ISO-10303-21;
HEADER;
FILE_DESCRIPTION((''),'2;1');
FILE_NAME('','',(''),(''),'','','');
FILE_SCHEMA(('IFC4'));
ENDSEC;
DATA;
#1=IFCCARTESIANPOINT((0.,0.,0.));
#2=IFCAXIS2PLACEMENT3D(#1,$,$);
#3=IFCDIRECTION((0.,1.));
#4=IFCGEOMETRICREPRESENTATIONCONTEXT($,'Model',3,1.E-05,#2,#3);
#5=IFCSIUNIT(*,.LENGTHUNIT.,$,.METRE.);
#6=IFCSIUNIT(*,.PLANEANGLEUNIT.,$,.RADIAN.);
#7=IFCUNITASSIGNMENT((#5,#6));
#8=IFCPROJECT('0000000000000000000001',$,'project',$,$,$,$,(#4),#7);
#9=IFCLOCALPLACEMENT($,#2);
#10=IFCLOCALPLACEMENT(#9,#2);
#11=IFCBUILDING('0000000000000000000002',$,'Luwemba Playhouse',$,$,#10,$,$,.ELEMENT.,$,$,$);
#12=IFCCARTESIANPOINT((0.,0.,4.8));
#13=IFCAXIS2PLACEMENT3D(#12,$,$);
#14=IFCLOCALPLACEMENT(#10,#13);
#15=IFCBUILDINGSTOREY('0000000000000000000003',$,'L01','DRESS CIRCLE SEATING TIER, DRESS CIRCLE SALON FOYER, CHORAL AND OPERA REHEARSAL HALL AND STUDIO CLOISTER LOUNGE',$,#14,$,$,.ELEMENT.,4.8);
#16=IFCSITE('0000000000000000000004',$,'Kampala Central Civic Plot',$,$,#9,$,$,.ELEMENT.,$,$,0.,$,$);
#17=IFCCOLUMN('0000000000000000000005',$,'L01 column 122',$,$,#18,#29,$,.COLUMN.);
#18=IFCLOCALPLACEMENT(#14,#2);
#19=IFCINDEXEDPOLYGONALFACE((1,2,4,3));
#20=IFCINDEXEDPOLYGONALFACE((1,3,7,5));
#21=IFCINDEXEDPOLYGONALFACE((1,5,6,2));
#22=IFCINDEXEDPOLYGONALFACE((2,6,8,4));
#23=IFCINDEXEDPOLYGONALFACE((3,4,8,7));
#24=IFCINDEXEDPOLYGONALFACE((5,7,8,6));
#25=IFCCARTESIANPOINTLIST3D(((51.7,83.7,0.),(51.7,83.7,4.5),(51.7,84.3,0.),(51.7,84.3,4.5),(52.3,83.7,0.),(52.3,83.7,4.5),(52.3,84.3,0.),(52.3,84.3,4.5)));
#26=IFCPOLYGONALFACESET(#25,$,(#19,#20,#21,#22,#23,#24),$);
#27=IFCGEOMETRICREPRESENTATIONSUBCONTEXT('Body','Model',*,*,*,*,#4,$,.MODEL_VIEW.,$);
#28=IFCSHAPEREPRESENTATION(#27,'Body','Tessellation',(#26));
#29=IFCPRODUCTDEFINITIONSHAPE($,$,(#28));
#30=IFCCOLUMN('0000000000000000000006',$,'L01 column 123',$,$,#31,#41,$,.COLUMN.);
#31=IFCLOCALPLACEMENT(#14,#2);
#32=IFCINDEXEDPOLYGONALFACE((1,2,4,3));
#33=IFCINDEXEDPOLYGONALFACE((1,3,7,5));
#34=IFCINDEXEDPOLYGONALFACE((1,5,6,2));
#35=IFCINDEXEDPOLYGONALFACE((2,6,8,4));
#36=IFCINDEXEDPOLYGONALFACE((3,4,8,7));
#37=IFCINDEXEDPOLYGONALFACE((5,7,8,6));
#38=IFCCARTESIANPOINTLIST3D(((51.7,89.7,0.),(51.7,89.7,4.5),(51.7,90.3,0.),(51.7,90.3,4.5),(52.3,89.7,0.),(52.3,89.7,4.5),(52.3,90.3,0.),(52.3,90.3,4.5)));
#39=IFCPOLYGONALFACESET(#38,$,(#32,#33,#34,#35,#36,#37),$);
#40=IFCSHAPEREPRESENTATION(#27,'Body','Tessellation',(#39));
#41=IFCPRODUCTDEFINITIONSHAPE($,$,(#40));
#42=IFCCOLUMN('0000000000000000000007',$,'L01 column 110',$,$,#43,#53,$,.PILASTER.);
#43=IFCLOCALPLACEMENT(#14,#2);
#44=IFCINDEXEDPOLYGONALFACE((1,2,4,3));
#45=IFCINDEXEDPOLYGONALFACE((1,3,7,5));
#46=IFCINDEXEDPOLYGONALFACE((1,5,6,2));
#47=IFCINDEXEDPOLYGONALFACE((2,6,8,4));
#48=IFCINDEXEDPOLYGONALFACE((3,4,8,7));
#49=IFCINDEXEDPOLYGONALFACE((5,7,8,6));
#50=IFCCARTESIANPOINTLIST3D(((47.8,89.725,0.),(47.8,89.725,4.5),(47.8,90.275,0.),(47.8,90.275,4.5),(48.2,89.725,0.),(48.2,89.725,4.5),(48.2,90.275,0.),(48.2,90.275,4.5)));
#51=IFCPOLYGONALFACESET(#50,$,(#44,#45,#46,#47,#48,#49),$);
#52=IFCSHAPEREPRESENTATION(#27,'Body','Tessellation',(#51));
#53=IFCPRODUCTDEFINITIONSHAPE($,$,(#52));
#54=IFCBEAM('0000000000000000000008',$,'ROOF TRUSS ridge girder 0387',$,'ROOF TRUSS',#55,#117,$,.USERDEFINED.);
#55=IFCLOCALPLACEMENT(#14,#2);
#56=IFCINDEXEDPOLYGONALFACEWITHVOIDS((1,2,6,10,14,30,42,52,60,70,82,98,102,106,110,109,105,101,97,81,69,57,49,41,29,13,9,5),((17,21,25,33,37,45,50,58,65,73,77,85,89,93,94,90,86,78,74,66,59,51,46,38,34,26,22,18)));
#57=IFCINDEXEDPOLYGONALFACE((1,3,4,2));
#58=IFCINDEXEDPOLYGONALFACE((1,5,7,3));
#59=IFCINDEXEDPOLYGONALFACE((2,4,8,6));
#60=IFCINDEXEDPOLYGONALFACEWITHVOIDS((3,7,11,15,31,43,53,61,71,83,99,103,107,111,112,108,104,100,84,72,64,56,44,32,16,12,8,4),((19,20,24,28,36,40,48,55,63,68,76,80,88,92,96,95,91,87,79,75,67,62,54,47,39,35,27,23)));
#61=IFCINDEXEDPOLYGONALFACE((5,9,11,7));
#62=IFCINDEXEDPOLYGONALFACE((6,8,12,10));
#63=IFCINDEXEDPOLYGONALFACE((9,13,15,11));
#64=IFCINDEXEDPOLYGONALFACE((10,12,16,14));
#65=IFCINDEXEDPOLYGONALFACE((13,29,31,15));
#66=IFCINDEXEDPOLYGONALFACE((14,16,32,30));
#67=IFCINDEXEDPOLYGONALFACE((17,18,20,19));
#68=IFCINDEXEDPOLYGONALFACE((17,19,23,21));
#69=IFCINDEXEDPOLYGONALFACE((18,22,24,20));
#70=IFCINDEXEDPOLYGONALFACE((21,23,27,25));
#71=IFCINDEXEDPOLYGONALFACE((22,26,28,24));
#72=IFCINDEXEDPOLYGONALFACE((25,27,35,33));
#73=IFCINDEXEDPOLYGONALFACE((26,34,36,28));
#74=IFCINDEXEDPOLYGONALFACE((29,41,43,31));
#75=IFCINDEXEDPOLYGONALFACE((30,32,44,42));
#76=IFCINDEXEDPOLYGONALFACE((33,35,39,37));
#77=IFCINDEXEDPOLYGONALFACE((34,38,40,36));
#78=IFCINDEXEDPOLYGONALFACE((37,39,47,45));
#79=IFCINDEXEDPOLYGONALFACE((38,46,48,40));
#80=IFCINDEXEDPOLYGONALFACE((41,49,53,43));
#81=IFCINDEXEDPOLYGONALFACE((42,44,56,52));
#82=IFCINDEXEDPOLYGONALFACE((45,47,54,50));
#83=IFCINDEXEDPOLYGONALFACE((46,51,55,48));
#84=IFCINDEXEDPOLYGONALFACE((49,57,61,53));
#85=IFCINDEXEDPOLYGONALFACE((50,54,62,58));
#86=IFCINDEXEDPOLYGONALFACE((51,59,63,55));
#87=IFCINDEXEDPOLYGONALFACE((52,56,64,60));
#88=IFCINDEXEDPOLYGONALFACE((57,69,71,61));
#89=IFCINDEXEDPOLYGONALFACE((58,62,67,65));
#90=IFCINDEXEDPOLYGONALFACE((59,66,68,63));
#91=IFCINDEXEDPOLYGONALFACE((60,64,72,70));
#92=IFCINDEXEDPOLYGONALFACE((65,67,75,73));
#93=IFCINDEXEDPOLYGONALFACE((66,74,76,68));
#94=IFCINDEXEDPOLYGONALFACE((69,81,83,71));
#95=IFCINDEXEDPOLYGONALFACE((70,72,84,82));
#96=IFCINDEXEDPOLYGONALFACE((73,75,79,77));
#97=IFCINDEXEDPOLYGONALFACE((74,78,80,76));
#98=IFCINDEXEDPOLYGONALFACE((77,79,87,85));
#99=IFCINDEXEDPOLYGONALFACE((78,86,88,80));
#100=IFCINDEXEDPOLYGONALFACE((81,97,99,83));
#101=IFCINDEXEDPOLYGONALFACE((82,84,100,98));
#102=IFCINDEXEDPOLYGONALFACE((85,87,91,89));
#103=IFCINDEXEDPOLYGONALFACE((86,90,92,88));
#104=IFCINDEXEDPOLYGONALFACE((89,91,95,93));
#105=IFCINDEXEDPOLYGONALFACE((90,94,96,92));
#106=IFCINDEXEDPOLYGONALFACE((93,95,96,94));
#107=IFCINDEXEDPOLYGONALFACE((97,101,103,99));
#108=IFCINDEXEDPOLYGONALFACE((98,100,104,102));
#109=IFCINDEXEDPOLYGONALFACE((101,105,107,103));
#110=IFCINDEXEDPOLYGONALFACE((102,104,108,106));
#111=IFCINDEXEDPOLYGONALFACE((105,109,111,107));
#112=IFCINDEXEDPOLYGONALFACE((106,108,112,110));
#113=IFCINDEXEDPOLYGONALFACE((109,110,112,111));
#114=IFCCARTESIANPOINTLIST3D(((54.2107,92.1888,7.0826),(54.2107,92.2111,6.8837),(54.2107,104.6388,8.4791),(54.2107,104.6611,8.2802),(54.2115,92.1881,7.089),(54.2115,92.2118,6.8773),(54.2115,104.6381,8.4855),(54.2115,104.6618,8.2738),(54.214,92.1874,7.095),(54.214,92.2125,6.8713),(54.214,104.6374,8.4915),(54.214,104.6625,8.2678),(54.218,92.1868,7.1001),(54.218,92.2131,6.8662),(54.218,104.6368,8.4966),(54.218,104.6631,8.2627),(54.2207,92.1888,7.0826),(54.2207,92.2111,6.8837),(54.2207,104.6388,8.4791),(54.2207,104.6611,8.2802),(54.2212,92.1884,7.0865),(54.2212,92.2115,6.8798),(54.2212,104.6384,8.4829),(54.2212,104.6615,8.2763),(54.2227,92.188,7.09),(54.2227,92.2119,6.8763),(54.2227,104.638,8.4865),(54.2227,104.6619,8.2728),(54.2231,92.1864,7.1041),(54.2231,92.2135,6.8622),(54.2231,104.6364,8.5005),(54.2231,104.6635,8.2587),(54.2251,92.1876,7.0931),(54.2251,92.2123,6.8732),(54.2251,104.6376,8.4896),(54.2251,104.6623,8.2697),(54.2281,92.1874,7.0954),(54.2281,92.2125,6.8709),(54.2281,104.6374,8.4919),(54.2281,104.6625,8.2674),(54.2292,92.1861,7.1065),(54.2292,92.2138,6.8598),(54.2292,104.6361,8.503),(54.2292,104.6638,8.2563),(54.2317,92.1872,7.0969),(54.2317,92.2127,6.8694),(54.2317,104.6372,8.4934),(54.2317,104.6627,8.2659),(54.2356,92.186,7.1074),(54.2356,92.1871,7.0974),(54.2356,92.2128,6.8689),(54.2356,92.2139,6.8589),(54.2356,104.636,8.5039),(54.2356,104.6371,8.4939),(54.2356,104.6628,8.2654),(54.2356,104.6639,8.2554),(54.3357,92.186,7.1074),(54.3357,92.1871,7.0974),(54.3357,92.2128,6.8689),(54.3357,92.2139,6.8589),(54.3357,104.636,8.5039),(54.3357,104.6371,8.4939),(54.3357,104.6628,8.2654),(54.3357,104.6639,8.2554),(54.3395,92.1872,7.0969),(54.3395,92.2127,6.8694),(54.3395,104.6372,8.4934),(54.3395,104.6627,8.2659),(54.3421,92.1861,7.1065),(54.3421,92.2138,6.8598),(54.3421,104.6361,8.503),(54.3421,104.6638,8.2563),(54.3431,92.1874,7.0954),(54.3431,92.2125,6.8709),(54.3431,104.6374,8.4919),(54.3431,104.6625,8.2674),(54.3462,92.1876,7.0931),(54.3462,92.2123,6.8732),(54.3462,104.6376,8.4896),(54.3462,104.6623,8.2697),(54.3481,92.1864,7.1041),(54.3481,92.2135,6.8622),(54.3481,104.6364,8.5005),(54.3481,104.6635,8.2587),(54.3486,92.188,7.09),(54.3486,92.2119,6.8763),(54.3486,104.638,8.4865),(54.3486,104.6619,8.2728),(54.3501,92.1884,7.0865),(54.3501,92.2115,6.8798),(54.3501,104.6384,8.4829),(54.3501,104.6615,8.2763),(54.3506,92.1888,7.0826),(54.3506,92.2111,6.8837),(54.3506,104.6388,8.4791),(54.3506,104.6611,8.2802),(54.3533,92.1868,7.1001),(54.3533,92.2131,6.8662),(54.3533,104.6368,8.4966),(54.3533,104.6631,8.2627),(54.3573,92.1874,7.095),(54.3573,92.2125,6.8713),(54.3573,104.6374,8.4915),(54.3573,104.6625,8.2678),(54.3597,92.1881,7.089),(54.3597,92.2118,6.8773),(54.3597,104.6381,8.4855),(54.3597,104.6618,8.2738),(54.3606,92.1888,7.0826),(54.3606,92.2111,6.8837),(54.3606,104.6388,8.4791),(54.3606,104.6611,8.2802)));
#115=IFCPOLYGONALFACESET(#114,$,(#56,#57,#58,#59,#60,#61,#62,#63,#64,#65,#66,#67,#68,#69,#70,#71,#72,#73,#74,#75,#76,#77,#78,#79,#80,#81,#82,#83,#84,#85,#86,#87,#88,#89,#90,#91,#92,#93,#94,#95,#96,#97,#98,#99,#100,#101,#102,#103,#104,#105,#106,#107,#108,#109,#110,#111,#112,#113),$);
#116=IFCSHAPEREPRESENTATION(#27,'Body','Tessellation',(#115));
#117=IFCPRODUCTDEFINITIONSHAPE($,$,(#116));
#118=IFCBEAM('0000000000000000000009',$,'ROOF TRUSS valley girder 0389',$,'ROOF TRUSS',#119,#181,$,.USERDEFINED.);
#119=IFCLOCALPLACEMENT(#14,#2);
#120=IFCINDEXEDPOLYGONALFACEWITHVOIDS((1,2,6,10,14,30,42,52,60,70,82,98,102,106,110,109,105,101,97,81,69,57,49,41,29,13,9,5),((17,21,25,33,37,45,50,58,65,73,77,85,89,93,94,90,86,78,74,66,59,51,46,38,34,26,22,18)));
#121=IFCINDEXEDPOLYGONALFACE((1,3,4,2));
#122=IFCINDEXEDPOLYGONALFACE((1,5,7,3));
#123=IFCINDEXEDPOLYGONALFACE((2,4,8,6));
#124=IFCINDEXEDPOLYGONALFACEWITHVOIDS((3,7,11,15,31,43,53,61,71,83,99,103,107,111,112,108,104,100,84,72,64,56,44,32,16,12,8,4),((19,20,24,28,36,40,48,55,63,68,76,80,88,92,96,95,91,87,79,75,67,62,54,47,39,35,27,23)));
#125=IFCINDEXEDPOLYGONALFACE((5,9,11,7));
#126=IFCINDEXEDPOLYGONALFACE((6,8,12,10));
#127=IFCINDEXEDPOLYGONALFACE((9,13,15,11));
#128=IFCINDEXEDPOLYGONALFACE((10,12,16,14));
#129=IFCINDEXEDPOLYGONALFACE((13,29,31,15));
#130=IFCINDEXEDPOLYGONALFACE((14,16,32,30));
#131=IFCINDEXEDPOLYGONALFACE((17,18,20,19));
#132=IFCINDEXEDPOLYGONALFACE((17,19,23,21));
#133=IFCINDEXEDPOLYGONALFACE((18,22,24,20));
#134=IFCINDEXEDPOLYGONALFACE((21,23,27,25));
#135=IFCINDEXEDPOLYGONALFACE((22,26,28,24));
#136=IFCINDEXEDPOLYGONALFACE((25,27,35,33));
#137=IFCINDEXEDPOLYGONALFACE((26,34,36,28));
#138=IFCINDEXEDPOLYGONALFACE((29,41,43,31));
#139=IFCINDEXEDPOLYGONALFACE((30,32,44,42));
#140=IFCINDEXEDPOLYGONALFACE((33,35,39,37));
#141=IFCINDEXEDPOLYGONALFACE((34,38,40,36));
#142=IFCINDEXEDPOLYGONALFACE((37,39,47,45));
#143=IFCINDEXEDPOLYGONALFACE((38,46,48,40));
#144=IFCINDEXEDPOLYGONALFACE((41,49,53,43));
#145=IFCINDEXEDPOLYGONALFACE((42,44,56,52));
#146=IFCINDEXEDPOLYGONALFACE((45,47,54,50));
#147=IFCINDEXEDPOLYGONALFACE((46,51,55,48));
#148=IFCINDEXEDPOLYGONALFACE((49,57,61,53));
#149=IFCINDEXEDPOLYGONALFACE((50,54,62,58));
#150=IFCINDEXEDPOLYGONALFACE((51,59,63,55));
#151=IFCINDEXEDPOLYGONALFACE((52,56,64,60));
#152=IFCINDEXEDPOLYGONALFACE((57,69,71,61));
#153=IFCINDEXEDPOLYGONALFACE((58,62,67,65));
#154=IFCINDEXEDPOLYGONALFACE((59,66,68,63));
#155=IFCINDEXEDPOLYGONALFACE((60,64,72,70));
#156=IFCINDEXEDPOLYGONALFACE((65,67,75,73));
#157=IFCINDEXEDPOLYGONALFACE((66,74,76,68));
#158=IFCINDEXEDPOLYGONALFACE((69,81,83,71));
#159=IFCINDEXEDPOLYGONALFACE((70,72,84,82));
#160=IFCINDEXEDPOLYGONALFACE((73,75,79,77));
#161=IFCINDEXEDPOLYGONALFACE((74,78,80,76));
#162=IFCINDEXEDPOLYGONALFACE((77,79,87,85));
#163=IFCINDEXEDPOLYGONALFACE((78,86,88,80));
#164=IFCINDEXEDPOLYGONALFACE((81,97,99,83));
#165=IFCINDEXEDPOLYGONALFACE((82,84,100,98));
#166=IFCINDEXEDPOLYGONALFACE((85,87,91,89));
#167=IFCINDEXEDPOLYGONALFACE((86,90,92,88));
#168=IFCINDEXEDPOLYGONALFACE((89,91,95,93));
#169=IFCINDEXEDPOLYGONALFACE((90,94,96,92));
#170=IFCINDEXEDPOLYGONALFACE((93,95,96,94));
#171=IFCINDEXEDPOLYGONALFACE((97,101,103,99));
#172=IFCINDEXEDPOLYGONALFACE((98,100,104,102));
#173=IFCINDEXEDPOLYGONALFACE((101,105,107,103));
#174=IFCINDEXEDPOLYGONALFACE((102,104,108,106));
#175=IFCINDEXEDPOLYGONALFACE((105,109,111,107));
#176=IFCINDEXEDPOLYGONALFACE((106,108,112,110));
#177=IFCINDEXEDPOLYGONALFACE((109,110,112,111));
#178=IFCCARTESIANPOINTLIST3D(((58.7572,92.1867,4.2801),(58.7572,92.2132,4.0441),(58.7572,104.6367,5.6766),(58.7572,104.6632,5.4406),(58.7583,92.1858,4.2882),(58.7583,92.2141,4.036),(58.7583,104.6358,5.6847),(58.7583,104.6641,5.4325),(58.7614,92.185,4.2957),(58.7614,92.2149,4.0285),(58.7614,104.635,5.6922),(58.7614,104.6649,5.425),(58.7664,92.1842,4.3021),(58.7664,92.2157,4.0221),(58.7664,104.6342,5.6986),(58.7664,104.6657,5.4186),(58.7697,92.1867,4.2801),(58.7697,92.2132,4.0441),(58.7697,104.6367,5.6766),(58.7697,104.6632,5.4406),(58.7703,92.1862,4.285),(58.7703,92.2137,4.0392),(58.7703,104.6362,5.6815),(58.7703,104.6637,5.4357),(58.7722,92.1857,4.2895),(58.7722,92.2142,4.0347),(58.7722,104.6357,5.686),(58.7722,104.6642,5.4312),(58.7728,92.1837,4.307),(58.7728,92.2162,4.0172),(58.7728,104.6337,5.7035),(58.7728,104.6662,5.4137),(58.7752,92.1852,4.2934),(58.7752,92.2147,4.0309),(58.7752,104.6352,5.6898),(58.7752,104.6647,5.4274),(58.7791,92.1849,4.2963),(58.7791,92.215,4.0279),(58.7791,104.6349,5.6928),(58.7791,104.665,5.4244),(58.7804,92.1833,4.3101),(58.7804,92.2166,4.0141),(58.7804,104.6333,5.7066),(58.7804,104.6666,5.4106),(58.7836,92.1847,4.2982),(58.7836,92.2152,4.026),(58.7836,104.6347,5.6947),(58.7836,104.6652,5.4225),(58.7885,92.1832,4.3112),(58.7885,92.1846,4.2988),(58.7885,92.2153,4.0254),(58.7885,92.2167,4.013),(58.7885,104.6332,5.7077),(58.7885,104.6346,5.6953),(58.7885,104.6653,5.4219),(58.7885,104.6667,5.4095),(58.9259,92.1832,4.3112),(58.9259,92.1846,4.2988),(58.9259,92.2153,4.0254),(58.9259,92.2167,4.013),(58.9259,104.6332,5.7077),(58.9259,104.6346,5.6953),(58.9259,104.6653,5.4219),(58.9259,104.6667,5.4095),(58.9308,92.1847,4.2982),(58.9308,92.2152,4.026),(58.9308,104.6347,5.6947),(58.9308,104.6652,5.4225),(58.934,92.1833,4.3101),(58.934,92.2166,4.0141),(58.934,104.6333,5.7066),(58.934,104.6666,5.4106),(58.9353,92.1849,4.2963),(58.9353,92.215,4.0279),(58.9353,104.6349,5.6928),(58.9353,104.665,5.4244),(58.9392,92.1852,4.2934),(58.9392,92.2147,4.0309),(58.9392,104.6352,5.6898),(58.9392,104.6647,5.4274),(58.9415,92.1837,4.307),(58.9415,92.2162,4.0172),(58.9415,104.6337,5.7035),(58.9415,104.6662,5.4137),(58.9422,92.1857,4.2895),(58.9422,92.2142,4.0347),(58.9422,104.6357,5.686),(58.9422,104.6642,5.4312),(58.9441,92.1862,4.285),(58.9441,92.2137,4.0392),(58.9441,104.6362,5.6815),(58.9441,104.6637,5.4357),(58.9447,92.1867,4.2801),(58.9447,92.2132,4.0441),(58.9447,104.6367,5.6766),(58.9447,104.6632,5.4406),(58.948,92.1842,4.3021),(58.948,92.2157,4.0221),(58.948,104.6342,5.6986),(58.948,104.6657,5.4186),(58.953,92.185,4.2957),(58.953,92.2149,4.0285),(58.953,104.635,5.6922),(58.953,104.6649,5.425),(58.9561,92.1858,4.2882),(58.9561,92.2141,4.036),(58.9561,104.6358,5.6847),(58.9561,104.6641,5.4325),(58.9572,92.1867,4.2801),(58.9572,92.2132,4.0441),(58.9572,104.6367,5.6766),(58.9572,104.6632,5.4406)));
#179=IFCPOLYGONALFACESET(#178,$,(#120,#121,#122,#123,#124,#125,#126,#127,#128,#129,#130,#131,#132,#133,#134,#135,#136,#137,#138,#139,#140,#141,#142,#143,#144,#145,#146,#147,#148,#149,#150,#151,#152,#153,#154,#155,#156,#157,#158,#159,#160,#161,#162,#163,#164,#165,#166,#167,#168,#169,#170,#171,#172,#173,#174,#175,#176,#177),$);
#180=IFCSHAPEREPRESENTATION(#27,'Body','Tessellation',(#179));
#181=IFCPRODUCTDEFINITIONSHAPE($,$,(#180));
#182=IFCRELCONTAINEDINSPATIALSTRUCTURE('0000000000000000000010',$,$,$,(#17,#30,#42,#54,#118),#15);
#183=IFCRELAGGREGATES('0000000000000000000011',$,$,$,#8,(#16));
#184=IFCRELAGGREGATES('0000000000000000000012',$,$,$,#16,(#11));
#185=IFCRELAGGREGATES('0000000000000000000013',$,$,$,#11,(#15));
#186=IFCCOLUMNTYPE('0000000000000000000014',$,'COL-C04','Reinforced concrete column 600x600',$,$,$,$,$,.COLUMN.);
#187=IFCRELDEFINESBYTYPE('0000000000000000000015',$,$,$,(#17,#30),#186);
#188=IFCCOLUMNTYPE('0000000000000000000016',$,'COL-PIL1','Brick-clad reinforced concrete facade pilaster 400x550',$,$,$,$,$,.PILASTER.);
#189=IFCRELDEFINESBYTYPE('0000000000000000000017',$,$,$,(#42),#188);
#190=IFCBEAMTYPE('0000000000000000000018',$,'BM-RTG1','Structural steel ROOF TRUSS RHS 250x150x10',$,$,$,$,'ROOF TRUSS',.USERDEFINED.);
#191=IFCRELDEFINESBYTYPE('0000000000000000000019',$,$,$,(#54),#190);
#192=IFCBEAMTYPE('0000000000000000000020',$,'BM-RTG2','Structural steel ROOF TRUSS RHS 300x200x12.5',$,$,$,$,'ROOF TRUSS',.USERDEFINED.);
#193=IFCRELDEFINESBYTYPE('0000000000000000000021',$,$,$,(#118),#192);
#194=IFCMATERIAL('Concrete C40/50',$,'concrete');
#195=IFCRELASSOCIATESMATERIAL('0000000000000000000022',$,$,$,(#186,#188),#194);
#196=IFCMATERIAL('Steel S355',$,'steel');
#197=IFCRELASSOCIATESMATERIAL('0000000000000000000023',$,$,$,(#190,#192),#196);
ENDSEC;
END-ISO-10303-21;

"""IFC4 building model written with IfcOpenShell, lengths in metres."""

from ifc_helpers import new_model, si_unit, direction, frame, origin, origin_2d, place, context, subcontext, project, spatial, rectangle, hollow_rectangle, extrude, material, material_profile, profile_set, type_object, element, save


model = new_model("IFC4")

# Units and contexts
model_context = context("Model", 3, precision=1e-05, world=origin(), true_north=direction((0.0, 1.0)))
body_context = subcontext(model_context, "Body", "Model", "MODEL_VIEW")
ifc_project = project(units=[si_unit("LENGTHUNIT", "METRE"), si_unit("PLANEANGLEUNIT", "RADIAN")], contexts=[model_context])

# Site, building, storey
site_placement = place(None, origin())
site = spatial("IfcSite", under=ifc_project, at=site_placement, Name="Kampala Central Civic Plot", CompositionType="ELEMENT", RefElevation=0.0)
building_placement = place(site_placement, origin())
building = spatial("IfcBuilding", under=site, at=building_placement, Name="Luwemba Playhouse", CompositionType="ELEMENT")
storey_placement = place(building_placement, frame((0.0, 0.0, 4.8)))
storey = spatial("IfcBuildingStorey", under=building, at=storey_placement, Name="L01", Description="DRESS CIRCLE SEATING TIER, DRESS CIRCLE SALON FOYER, CHORAL AND OPERA REHEARSAL HALL AND STUDIO CLOISTER LOUNGE", CompositionType="ELEMENT", Elevation=4.8)

# Columns
ifc_material_1 = material(Name="Concrete C40/50", Category="concrete")
ifc_material_profile_1 = material_profile(ifc_material_1, rectangle(XDim=0.6001, YDim=0.6001, at=origin_2d()))
ifc_profile_set_1 = profile_set([ifc_material_profile_1], Name="Concrete C40/50")
column_type_1 = type_object("IfcColumnType", Name="COL-C04", Description="Reinforced concrete column 600x600", PredefinedType="COLUMN", material=ifc_profile_set_1)
for number, where, z_axis, x_axis, name in (
    (1, (52.0, 84.0, 0.0), (0.0, 0.0, 1.0), (1.0, 0.0, 0.0), "L01 column 122"),
    (2, (52.0, 90.0, 0.0), (0.0, 0.0, 1.0), (1.0, 0.0, 0.0), "L01 column 123"),
):
    element("IfcColumn", number, at=place(storey_placement, frame(where, z_axis=z_axis, x_axis=x_axis)), inside=storey, type_object=column_type_1, Name=name, PredefinedType="COLUMN", context=body_context, shape_type="SweptSolid", body=[
        extrude(rectangle(XDim=0.6001, YDim=0.6001, at=origin_2d()), origin(), (0.0, 0.0, 1.0), 4.5),
    ])
ifc_material_profile_2 = material_profile(ifc_material_1, rectangle(XDim=0.3999, YDim=0.55, at=origin_2d()))
ifc_profile_set_2 = profile_set([ifc_material_profile_2], Name="Concrete C40/50")
column_type_2 = type_object("IfcColumnType", Name="COL-PIL1", Description="Brick-clad reinforced concrete facade pilaster 400x550", PredefinedType="PILASTER", material=ifc_profile_set_2)
column_placement = place(storey_placement, frame((48.0, 90.0, 0.0), z_axis=(0.0, 0.0, 1.0), x_axis=(1.0, 0.0, 0.0)))
element("IfcColumn", 3, at=column_placement, inside=storey, type_object=column_type_2, Name="L01 column 110", PredefinedType="PILASTER", context=body_context, shape_type="SweptSolid", body=[
    extrude(rectangle(XDim=0.3999, YDim=0.55, at=origin_2d()), origin(), (0.0, 0.0, 1.0), 4.5),
])

# Beams
ifc_material_2 = material(Name="Steel S355", Category="steel")
ifc_material_profile_3 = material_profile(ifc_material_2, hollow_rectangle(XDim=0.1499, YDim=0.25, WallThickness=0.01, InnerFilletRadius=0.0149, OuterFilletRadius=0.0249, at=origin_2d()))
ifc_profile_set_3 = profile_set([ifc_material_profile_3], Name="Steel S355")
beam_type_1 = type_object("IfcBeamType", Name="BM-RTG1", Description="Structural steel ROOF TRUSS RHS 250x150x10", ElementType="ROOF TRUSS", PredefinedType="USERDEFINED", material=ifc_profile_set_3)
beam_1_placement = place(storey_placement, frame((54.2856, 92.2, 6.9832), z_axis=(0.0, 0.993768, 0.111469), x_axis=(-1.0, 0.0, 0.0)))
element("IfcBeam", 4, at=beam_1_placement, inside=storey, type_object=beam_type_1, Name="ROOF TRUSS ridge girder 0387", ObjectType="ROOF TRUSS", PredefinedType="USERDEFINED", context=body_context, shape_type="SweptSolid", body=[
    extrude(hollow_rectangle(XDim=0.1499, YDim=0.25, WallThickness=0.01, InnerFilletRadius=0.0149, OuterFilletRadius=0.0249, at=origin_2d()), origin(), (0.0, 0.0, 1.0), 12.5281),
])
ifc_material_profile_4 = material_profile(ifc_material_2, hollow_rectangle(XDim=0.2, YDim=0.3, WallThickness=0.0125, InnerFilletRadius=0.0188, OuterFilletRadius=0.0312, at=origin_2d()))
ifc_profile_set_4 = profile_set([ifc_material_profile_4], Name="Steel S355")
beam_type_2 = type_object("IfcBeamType", Name="BM-RTG2", Description="Structural steel ROOF TRUSS RHS 300x200x12.5", ElementType="ROOF TRUSS", PredefinedType="USERDEFINED", material=ifc_profile_set_4)
beam_2_placement = place(storey_placement, frame((58.8572, 92.2, 4.1621), z_axis=(0.0, 0.993768, 0.111469), x_axis=(-1.0, 0.0, 0.0)))
element("IfcBeam", 5, at=beam_2_placement, inside=storey, type_object=beam_type_2, Name="ROOF TRUSS valley girder 0389", ObjectType="ROOF TRUSS", PredefinedType="USERDEFINED", context=body_context, shape_type="SweptSolid", body=[
    extrude(hollow_rectangle(XDim=0.2, YDim=0.3, WallThickness=0.0125, InnerFilletRadius=0.0188, OuterFilletRadius=0.0312, at=origin_2d()), origin(), (0.0, 0.0, 1.0), 12.5281),
])

save(model, "model.ifc")
